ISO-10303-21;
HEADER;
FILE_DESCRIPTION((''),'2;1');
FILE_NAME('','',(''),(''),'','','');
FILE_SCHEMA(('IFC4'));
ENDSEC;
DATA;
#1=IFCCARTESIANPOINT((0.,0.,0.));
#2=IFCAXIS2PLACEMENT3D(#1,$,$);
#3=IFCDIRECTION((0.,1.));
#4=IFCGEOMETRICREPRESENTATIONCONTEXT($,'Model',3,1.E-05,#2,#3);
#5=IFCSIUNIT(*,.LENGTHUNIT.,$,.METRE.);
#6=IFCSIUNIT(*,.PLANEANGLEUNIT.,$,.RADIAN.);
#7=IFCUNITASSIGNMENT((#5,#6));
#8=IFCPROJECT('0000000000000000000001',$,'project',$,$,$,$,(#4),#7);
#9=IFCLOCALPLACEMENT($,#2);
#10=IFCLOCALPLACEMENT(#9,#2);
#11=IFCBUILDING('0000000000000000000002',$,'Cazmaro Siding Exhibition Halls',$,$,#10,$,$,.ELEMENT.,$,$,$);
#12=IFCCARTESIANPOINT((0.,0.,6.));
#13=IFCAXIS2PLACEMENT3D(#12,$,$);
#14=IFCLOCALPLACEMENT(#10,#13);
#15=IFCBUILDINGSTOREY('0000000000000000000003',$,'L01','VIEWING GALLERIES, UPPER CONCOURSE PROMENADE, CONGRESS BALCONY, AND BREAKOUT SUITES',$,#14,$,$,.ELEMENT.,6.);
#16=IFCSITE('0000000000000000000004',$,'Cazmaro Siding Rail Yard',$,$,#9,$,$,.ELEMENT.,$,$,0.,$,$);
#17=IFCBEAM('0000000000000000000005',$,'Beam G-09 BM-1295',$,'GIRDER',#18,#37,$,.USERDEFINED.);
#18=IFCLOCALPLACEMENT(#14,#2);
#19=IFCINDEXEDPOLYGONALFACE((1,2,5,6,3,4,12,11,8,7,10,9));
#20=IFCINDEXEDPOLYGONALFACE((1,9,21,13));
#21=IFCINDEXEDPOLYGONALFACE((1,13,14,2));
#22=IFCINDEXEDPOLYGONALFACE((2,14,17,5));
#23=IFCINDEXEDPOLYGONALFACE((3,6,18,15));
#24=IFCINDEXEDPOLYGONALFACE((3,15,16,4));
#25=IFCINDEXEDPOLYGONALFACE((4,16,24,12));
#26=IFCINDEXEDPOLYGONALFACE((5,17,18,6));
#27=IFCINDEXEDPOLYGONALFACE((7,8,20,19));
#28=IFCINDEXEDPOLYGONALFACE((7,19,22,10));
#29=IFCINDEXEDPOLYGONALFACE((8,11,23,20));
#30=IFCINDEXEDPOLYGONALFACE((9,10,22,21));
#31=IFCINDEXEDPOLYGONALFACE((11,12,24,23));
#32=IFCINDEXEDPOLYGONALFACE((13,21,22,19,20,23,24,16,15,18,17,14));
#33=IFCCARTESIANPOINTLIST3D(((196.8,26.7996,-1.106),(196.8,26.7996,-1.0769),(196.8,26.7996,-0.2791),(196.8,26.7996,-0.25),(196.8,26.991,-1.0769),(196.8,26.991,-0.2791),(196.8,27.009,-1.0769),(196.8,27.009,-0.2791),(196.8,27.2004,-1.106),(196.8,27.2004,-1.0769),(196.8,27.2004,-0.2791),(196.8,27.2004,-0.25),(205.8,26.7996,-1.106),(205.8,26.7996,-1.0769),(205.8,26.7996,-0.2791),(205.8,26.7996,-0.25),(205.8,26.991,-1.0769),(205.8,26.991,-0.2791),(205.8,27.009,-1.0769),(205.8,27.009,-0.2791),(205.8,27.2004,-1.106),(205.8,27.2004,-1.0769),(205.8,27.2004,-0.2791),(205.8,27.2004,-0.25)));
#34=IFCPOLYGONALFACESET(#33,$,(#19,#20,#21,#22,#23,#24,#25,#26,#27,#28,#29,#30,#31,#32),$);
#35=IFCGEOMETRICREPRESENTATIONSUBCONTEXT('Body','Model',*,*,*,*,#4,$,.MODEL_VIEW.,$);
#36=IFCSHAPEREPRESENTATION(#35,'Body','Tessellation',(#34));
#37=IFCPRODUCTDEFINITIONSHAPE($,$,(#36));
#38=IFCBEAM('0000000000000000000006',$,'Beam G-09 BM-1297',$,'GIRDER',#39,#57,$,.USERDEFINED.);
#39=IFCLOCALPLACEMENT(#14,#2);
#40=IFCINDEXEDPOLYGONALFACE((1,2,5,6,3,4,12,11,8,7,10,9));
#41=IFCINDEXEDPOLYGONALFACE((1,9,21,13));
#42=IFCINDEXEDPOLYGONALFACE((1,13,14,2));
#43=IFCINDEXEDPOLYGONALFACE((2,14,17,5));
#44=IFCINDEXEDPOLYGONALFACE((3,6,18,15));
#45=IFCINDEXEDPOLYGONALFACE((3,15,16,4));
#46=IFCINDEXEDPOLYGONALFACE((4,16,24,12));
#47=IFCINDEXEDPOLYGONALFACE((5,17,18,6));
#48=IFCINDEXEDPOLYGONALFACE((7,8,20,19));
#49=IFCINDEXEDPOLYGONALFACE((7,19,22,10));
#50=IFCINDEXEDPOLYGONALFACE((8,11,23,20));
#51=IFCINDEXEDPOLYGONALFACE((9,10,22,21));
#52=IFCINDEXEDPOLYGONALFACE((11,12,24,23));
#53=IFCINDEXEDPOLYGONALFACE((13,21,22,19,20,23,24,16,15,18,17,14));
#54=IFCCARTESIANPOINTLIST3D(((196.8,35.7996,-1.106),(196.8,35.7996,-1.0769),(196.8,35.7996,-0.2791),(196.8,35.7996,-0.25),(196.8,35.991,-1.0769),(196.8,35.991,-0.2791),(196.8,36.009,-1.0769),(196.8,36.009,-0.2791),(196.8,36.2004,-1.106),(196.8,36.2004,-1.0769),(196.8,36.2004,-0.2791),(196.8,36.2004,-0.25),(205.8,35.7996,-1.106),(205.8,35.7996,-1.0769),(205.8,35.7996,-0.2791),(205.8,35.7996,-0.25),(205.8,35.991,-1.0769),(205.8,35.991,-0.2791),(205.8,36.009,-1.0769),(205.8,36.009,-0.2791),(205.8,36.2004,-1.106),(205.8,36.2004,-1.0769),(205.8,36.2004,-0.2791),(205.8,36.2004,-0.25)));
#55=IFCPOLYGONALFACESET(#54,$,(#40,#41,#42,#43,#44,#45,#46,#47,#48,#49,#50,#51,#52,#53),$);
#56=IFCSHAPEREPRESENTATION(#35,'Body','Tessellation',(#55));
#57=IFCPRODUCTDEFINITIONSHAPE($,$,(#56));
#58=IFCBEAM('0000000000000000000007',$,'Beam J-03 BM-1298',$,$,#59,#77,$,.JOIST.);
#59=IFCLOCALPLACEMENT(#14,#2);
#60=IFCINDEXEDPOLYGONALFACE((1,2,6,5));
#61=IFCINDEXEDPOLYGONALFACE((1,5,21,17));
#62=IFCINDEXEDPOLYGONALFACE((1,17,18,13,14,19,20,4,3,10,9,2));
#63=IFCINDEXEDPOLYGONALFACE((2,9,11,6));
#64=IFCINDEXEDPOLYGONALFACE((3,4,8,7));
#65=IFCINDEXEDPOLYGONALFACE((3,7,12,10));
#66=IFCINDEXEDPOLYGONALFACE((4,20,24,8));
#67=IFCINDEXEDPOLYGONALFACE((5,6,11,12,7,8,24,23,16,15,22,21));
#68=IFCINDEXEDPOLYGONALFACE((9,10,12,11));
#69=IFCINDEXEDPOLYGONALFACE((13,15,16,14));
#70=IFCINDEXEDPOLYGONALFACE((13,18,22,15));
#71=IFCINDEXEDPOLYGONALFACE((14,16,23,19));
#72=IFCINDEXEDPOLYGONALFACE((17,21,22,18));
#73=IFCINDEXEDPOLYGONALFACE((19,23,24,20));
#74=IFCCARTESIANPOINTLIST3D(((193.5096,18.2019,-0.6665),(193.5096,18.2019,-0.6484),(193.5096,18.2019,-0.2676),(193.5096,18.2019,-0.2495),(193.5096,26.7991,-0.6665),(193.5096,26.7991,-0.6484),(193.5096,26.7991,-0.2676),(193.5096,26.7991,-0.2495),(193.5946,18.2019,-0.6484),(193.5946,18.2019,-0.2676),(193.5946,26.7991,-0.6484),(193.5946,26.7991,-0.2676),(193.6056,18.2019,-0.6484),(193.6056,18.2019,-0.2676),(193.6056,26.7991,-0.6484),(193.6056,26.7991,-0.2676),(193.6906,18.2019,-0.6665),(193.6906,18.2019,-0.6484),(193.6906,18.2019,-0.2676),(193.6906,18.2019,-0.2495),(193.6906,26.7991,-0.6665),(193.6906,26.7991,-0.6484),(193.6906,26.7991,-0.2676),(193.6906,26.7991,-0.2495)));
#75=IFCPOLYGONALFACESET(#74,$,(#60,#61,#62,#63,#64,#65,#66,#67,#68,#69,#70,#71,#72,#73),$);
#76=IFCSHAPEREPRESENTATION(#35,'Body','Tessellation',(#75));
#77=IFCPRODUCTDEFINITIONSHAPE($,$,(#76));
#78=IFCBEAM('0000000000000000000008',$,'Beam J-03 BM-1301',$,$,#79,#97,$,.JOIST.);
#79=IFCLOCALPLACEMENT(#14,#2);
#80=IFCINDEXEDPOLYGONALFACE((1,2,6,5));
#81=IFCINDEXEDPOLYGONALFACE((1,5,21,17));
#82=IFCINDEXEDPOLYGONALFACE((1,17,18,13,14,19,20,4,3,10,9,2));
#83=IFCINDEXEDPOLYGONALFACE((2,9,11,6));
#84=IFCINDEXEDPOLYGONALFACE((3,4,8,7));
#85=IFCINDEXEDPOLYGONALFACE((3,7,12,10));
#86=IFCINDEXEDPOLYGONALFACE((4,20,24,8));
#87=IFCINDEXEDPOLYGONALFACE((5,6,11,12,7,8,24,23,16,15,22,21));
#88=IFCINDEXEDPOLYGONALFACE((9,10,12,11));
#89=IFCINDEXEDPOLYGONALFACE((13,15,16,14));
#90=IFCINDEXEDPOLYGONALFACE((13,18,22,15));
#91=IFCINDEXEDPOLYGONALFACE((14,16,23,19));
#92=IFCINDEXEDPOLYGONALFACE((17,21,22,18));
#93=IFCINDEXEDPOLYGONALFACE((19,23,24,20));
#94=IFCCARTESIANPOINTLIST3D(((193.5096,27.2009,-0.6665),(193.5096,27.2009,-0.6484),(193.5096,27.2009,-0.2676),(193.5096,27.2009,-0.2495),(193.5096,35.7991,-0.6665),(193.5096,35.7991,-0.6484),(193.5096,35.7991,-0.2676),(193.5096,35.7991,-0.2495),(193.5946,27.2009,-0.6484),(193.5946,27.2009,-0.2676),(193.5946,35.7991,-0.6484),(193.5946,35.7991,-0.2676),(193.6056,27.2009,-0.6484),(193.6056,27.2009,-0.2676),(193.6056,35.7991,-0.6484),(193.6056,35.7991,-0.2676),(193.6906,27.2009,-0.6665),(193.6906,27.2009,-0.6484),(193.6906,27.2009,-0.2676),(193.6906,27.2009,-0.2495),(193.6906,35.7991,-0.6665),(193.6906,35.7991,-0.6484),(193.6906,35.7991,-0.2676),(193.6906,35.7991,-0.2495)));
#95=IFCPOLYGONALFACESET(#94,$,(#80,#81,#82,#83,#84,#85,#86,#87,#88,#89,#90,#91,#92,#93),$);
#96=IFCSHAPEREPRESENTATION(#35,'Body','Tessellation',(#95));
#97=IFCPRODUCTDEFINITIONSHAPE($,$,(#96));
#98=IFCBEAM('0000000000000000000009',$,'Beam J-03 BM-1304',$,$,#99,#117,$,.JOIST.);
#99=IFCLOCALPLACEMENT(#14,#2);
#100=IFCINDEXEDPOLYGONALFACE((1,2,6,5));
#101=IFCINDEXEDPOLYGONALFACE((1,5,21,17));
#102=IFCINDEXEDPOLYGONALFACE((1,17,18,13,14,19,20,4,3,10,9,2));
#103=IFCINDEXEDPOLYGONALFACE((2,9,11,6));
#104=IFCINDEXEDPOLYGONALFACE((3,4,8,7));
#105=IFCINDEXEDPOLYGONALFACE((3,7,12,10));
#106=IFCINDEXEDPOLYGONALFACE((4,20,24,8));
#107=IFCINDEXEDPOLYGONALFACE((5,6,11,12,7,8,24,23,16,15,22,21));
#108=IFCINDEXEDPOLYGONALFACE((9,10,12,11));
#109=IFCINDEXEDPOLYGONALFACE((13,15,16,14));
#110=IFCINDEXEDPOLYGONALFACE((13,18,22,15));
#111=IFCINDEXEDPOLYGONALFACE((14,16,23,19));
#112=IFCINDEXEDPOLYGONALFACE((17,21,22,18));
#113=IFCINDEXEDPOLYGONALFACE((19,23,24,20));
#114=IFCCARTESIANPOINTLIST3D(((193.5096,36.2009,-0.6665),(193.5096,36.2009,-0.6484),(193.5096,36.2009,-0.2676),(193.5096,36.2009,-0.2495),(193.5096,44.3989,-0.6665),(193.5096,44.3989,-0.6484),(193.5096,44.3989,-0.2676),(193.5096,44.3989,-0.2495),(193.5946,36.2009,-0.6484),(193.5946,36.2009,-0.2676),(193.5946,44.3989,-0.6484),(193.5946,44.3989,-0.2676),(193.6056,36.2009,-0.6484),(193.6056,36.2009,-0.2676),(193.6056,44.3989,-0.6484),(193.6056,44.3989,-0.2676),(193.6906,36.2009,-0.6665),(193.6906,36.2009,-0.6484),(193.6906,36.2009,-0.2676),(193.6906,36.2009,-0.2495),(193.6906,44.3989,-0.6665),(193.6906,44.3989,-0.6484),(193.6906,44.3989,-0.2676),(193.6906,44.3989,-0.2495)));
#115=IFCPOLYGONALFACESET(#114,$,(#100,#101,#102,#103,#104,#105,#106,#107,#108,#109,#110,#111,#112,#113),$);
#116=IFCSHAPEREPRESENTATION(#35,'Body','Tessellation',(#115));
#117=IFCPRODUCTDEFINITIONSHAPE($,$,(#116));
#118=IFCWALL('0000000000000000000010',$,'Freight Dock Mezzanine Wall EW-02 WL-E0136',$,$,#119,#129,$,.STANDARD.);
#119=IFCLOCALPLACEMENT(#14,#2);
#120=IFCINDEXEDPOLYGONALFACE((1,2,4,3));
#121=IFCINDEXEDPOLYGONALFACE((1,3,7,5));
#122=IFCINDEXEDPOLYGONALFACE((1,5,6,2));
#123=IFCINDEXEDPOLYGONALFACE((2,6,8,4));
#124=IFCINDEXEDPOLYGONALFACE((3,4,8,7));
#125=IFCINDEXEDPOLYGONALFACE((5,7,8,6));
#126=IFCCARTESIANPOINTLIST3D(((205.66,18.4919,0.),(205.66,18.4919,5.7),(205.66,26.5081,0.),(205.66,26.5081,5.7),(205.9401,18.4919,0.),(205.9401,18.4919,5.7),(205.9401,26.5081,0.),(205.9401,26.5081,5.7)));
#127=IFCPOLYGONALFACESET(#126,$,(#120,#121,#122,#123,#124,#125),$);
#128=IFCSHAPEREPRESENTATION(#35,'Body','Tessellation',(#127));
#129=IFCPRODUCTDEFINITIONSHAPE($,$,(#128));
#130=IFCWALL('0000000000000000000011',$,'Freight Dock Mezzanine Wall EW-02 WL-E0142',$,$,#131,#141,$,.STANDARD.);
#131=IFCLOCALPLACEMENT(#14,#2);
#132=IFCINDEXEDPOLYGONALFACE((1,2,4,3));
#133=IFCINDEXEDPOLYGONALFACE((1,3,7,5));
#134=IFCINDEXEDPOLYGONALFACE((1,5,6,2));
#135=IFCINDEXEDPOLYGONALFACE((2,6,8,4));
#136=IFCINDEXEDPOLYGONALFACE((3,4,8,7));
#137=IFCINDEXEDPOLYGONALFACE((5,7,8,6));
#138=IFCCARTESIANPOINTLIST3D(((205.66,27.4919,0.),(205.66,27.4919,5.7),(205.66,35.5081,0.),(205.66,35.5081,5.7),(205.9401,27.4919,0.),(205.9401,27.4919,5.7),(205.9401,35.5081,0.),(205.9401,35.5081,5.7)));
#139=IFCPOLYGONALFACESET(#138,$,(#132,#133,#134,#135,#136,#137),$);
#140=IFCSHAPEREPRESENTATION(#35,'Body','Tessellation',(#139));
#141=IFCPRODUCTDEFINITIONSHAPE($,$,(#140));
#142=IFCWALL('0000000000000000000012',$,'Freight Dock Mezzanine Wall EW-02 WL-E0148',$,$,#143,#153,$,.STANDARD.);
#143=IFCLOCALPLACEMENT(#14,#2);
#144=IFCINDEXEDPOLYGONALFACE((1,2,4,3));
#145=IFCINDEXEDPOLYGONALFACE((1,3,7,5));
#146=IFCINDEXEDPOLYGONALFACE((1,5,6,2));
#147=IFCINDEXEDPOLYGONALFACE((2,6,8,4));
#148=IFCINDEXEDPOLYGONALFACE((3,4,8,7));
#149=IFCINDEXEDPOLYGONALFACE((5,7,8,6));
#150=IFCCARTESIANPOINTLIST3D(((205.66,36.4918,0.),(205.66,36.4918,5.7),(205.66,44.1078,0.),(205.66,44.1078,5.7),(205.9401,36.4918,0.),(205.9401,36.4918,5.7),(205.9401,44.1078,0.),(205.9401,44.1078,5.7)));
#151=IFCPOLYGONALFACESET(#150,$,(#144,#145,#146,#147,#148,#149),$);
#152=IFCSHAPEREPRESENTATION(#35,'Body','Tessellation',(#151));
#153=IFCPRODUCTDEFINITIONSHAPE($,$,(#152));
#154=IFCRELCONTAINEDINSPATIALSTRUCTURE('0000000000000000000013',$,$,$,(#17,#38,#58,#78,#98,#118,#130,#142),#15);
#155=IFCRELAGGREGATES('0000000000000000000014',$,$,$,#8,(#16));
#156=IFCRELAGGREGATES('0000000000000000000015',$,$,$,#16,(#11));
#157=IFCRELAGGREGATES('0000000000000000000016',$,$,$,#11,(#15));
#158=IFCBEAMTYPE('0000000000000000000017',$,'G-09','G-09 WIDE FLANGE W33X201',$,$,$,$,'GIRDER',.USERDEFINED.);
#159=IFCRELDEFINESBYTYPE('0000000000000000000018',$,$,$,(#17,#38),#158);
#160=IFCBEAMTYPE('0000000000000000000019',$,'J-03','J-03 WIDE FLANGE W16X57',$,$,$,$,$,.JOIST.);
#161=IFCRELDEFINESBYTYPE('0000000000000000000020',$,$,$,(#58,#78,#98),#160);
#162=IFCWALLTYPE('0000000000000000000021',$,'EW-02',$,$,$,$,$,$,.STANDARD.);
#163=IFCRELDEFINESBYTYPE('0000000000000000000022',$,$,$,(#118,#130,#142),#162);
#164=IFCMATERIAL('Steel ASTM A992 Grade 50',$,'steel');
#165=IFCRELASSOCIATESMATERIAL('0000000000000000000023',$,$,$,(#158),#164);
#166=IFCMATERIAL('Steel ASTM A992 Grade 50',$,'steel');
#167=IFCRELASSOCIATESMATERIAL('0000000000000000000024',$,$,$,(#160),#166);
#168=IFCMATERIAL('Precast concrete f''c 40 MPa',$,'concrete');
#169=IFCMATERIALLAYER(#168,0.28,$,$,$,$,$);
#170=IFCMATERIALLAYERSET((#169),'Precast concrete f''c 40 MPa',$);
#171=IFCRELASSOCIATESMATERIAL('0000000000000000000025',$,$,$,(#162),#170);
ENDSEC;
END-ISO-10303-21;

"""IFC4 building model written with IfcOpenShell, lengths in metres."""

from ifc_helpers import new_model, si_unit, direction, frame, frame_2d, origin, origin_2d, place, context, subcontext, project, spatial, rectangle, i_section, extrude, material, layer, layer_set, material_profile, profile_set, type_object, element, save


model = new_model("IFC4")

# Units and contexts
model_context = context("Model", 3, precision=1e-05, world=origin(), true_north=direction((0.0, 1.0)))
body_context = subcontext(model_context, "Body", "Model", "MODEL_VIEW")
ifc_project = project(units=[si_unit("LENGTHUNIT", "METRE"), si_unit("PLANEANGLEUNIT", "RADIAN")], contexts=[model_context])

# Site, building, storey
site_placement = place(None, origin())
site = spatial("IfcSite", under=ifc_project, at=site_placement, Name="Cazmaro Siding Rail Yard", CompositionType="ELEMENT", RefElevation=0.0)
building_placement = place(site_placement, origin())
building = spatial("IfcBuilding", under=site, at=building_placement, Name="Cazmaro Siding Exhibition Halls", CompositionType="ELEMENT")
storey_placement = place(building_placement, frame((0.0, 0.0, 6.0)))
storey = spatial("IfcBuildingStorey", under=building, at=storey_placement, Name="L01", Description="VIEWING GALLERIES, UPPER CONCOURSE PROMENADE, CONGRESS BALCONY, AND BREAKOUT SUITES", CompositionType="ELEMENT", Elevation=6.0)

# Beams
ifc_material_1 = material(Name="Steel ASTM A992 Grade 50", Category="steel")
ifc_material_profile_1 = material_profile(ifc_material_1, i_section(OverallWidth=0.4009, OverallDepth=0.856, WebThickness=0.0181, FlangeThickness=0.0291, at=origin_2d()), Name="W33X201")
ifc_profile_set_1 = profile_set([ifc_material_profile_1], Name="Steel ASTM A992 Grade 50")
beam_type_1 = type_object("IfcBeamType", Name="G-09", Description="G-09 WIDE FLANGE W33X201", ElementType="GIRDER", PredefinedType="USERDEFINED", material=ifc_profile_set_1)
for number, where, z_axis, x_axis, name in (
    (1, (196.8, 27.0, -0.678), (1.0, 0.0, 0.0), (0.0, 1.0, 0.0), "Beam G-09 BM-1295"),
    (2, (196.8, 36.0, -0.678), (1.0, 0.0, 0.0), (0.0, 1.0, 0.0), "Beam G-09 BM-1297"),
):
    element("IfcBeam", number, at=place(storey_placement, frame(where, z_axis=z_axis, x_axis=x_axis)), inside=storey, type_object=beam_type_1, Name=name, ObjectType="GIRDER", PredefinedType="USERDEFINED", context=body_context, shape_type="SweptSolid", body=[
        extrude(i_section(OverallWidth=0.4009, OverallDepth=0.856, WebThickness=0.0181, FlangeThickness=0.0291, at=origin_2d()), origin(), (0.0, 0.0, 1.0), 9.0),
    ])
ifc_material_2 = material(Name="Steel ASTM A992 Grade 50", Category="steel")
ifc_material_profile_2 = material_profile(ifc_material_2, i_section(OverallWidth=0.1809, OverallDepth=0.417, WebThickness=0.011, FlangeThickness=0.0181, at=origin_2d()), Name="W16X57")
ifc_profile_set_2 = profile_set([ifc_material_profile_2], Name="Steel ASTM A992 Grade 50")
beam_type_2 = type_object("IfcBeamType", Name="J-03", Description="J-03 WIDE FLANGE W16X57", PredefinedType="JOIST", material=ifc_profile_set_2)
beam_1_placement = place(storey_placement, frame((193.6001, 18.2019, -0.458), z_axis=(0.0, 1.0, 0.0), x_axis=(-1.0, 0.0, 0.0)))
element("IfcBeam", 3, at=beam_1_placement, inside=storey, type_object=beam_type_2, Name="Beam J-03 BM-1298", PredefinedType="JOIST", context=body_context, shape_type="SweptSolid", body=[
    extrude(i_section(OverallWidth=0.1809, OverallDepth=0.417, WebThickness=0.011, FlangeThickness=0.0181, at=origin_2d()), origin(), (0.0, 0.0, 1.0), 8.5972),
])
beam_2_placement = place(storey_placement, frame((193.6001, 27.2009, -0.458), z_axis=(0.0, 1.0, 0.0), x_axis=(-1.0, 0.0, 0.0)))
element("IfcBeam", 4, at=beam_2_placement, inside=storey, type_object=beam_type_2, Name="Beam J-03 BM-1301", PredefinedType="JOIST", context=body_context, shape_type="SweptSolid", body=[
    extrude(i_section(OverallWidth=0.1809, OverallDepth=0.417, WebThickness=0.011, FlangeThickness=0.0181, at=origin_2d()), origin(), (0.0, 0.0, 1.0), 8.5981),
])
beam_3_placement = place(storey_placement, frame((193.6001, 36.2009, -0.458), z_axis=(0.0, 1.0, 0.0), x_axis=(-1.0, 0.0, 0.0)))
element("IfcBeam", 5, at=beam_3_placement, inside=storey, type_object=beam_type_2, Name="Beam J-03 BM-1304", PredefinedType="JOIST", context=body_context, shape_type="SweptSolid", body=[
    extrude(i_section(OverallWidth=0.1809, OverallDepth=0.417, WebThickness=0.011, FlangeThickness=0.0181, at=origin_2d()), origin(), (0.0, 0.0, 1.0), 8.198),
])

# Walls
ifc_material_3 = material(Name="Precast concrete f'c 40 MPa", Category="concrete")
ifc_layer = layer(ifc_material_3, 0.28)
ifc_layer_set = layer_set([ifc_layer], Name="Precast concrete f'c 40 MPa")
wall_type = type_object("IfcWallType", Name="EW-02", PredefinedType="STANDARD", material=ifc_layer_set)
for number, where, z_axis, x_axis, name in (
    (6, (205.8, 26.5081, 0.0), (0.0, 0.0, 1.0), (0.0, -1.0, 0.0), "Freight Dock Mezzanine Wall EW-02 WL-E0136"),
    (7, (205.8, 35.5081, 0.0), (0.0, 0.0, 1.0), (0.0, -1.0, 0.0), "Freight Dock Mezzanine Wall EW-02 WL-E0142"),
):
    element("IfcWall", number, at=place(storey_placement, frame(where, z_axis=z_axis, x_axis=x_axis)), inside=storey, type_object=wall_type, Name=name, PredefinedType="STANDARD", context=body_context, shape_type="SweptSolid", body=[
        extrude(rectangle(XDim=8.0161, YDim=0.28, at=frame_2d((4.0081, 0.0))), origin(), (0.0, 0.0, 1.0), 5.7),
    ])
wall_placement = place(storey_placement, frame((205.8, 44.1079, 0.0), z_axis=(0.0, 0.0, 1.0), x_axis=(0.0, -1.0, 0.0)))
element("IfcWall", 8, at=wall_placement, inside=storey, type_object=wall_type, Name="Freight Dock Mezzanine Wall EW-02 WL-E0148", PredefinedType="STANDARD", context=body_context, shape_type="SweptSolid", body=[
    extrude(rectangle(XDim=7.616, YDim=0.28, at=frame_2d((3.8081, 0.0))), origin(), (0.0, 0.0, 1.0), 5.7),
])

save(model, "model.ifc")
